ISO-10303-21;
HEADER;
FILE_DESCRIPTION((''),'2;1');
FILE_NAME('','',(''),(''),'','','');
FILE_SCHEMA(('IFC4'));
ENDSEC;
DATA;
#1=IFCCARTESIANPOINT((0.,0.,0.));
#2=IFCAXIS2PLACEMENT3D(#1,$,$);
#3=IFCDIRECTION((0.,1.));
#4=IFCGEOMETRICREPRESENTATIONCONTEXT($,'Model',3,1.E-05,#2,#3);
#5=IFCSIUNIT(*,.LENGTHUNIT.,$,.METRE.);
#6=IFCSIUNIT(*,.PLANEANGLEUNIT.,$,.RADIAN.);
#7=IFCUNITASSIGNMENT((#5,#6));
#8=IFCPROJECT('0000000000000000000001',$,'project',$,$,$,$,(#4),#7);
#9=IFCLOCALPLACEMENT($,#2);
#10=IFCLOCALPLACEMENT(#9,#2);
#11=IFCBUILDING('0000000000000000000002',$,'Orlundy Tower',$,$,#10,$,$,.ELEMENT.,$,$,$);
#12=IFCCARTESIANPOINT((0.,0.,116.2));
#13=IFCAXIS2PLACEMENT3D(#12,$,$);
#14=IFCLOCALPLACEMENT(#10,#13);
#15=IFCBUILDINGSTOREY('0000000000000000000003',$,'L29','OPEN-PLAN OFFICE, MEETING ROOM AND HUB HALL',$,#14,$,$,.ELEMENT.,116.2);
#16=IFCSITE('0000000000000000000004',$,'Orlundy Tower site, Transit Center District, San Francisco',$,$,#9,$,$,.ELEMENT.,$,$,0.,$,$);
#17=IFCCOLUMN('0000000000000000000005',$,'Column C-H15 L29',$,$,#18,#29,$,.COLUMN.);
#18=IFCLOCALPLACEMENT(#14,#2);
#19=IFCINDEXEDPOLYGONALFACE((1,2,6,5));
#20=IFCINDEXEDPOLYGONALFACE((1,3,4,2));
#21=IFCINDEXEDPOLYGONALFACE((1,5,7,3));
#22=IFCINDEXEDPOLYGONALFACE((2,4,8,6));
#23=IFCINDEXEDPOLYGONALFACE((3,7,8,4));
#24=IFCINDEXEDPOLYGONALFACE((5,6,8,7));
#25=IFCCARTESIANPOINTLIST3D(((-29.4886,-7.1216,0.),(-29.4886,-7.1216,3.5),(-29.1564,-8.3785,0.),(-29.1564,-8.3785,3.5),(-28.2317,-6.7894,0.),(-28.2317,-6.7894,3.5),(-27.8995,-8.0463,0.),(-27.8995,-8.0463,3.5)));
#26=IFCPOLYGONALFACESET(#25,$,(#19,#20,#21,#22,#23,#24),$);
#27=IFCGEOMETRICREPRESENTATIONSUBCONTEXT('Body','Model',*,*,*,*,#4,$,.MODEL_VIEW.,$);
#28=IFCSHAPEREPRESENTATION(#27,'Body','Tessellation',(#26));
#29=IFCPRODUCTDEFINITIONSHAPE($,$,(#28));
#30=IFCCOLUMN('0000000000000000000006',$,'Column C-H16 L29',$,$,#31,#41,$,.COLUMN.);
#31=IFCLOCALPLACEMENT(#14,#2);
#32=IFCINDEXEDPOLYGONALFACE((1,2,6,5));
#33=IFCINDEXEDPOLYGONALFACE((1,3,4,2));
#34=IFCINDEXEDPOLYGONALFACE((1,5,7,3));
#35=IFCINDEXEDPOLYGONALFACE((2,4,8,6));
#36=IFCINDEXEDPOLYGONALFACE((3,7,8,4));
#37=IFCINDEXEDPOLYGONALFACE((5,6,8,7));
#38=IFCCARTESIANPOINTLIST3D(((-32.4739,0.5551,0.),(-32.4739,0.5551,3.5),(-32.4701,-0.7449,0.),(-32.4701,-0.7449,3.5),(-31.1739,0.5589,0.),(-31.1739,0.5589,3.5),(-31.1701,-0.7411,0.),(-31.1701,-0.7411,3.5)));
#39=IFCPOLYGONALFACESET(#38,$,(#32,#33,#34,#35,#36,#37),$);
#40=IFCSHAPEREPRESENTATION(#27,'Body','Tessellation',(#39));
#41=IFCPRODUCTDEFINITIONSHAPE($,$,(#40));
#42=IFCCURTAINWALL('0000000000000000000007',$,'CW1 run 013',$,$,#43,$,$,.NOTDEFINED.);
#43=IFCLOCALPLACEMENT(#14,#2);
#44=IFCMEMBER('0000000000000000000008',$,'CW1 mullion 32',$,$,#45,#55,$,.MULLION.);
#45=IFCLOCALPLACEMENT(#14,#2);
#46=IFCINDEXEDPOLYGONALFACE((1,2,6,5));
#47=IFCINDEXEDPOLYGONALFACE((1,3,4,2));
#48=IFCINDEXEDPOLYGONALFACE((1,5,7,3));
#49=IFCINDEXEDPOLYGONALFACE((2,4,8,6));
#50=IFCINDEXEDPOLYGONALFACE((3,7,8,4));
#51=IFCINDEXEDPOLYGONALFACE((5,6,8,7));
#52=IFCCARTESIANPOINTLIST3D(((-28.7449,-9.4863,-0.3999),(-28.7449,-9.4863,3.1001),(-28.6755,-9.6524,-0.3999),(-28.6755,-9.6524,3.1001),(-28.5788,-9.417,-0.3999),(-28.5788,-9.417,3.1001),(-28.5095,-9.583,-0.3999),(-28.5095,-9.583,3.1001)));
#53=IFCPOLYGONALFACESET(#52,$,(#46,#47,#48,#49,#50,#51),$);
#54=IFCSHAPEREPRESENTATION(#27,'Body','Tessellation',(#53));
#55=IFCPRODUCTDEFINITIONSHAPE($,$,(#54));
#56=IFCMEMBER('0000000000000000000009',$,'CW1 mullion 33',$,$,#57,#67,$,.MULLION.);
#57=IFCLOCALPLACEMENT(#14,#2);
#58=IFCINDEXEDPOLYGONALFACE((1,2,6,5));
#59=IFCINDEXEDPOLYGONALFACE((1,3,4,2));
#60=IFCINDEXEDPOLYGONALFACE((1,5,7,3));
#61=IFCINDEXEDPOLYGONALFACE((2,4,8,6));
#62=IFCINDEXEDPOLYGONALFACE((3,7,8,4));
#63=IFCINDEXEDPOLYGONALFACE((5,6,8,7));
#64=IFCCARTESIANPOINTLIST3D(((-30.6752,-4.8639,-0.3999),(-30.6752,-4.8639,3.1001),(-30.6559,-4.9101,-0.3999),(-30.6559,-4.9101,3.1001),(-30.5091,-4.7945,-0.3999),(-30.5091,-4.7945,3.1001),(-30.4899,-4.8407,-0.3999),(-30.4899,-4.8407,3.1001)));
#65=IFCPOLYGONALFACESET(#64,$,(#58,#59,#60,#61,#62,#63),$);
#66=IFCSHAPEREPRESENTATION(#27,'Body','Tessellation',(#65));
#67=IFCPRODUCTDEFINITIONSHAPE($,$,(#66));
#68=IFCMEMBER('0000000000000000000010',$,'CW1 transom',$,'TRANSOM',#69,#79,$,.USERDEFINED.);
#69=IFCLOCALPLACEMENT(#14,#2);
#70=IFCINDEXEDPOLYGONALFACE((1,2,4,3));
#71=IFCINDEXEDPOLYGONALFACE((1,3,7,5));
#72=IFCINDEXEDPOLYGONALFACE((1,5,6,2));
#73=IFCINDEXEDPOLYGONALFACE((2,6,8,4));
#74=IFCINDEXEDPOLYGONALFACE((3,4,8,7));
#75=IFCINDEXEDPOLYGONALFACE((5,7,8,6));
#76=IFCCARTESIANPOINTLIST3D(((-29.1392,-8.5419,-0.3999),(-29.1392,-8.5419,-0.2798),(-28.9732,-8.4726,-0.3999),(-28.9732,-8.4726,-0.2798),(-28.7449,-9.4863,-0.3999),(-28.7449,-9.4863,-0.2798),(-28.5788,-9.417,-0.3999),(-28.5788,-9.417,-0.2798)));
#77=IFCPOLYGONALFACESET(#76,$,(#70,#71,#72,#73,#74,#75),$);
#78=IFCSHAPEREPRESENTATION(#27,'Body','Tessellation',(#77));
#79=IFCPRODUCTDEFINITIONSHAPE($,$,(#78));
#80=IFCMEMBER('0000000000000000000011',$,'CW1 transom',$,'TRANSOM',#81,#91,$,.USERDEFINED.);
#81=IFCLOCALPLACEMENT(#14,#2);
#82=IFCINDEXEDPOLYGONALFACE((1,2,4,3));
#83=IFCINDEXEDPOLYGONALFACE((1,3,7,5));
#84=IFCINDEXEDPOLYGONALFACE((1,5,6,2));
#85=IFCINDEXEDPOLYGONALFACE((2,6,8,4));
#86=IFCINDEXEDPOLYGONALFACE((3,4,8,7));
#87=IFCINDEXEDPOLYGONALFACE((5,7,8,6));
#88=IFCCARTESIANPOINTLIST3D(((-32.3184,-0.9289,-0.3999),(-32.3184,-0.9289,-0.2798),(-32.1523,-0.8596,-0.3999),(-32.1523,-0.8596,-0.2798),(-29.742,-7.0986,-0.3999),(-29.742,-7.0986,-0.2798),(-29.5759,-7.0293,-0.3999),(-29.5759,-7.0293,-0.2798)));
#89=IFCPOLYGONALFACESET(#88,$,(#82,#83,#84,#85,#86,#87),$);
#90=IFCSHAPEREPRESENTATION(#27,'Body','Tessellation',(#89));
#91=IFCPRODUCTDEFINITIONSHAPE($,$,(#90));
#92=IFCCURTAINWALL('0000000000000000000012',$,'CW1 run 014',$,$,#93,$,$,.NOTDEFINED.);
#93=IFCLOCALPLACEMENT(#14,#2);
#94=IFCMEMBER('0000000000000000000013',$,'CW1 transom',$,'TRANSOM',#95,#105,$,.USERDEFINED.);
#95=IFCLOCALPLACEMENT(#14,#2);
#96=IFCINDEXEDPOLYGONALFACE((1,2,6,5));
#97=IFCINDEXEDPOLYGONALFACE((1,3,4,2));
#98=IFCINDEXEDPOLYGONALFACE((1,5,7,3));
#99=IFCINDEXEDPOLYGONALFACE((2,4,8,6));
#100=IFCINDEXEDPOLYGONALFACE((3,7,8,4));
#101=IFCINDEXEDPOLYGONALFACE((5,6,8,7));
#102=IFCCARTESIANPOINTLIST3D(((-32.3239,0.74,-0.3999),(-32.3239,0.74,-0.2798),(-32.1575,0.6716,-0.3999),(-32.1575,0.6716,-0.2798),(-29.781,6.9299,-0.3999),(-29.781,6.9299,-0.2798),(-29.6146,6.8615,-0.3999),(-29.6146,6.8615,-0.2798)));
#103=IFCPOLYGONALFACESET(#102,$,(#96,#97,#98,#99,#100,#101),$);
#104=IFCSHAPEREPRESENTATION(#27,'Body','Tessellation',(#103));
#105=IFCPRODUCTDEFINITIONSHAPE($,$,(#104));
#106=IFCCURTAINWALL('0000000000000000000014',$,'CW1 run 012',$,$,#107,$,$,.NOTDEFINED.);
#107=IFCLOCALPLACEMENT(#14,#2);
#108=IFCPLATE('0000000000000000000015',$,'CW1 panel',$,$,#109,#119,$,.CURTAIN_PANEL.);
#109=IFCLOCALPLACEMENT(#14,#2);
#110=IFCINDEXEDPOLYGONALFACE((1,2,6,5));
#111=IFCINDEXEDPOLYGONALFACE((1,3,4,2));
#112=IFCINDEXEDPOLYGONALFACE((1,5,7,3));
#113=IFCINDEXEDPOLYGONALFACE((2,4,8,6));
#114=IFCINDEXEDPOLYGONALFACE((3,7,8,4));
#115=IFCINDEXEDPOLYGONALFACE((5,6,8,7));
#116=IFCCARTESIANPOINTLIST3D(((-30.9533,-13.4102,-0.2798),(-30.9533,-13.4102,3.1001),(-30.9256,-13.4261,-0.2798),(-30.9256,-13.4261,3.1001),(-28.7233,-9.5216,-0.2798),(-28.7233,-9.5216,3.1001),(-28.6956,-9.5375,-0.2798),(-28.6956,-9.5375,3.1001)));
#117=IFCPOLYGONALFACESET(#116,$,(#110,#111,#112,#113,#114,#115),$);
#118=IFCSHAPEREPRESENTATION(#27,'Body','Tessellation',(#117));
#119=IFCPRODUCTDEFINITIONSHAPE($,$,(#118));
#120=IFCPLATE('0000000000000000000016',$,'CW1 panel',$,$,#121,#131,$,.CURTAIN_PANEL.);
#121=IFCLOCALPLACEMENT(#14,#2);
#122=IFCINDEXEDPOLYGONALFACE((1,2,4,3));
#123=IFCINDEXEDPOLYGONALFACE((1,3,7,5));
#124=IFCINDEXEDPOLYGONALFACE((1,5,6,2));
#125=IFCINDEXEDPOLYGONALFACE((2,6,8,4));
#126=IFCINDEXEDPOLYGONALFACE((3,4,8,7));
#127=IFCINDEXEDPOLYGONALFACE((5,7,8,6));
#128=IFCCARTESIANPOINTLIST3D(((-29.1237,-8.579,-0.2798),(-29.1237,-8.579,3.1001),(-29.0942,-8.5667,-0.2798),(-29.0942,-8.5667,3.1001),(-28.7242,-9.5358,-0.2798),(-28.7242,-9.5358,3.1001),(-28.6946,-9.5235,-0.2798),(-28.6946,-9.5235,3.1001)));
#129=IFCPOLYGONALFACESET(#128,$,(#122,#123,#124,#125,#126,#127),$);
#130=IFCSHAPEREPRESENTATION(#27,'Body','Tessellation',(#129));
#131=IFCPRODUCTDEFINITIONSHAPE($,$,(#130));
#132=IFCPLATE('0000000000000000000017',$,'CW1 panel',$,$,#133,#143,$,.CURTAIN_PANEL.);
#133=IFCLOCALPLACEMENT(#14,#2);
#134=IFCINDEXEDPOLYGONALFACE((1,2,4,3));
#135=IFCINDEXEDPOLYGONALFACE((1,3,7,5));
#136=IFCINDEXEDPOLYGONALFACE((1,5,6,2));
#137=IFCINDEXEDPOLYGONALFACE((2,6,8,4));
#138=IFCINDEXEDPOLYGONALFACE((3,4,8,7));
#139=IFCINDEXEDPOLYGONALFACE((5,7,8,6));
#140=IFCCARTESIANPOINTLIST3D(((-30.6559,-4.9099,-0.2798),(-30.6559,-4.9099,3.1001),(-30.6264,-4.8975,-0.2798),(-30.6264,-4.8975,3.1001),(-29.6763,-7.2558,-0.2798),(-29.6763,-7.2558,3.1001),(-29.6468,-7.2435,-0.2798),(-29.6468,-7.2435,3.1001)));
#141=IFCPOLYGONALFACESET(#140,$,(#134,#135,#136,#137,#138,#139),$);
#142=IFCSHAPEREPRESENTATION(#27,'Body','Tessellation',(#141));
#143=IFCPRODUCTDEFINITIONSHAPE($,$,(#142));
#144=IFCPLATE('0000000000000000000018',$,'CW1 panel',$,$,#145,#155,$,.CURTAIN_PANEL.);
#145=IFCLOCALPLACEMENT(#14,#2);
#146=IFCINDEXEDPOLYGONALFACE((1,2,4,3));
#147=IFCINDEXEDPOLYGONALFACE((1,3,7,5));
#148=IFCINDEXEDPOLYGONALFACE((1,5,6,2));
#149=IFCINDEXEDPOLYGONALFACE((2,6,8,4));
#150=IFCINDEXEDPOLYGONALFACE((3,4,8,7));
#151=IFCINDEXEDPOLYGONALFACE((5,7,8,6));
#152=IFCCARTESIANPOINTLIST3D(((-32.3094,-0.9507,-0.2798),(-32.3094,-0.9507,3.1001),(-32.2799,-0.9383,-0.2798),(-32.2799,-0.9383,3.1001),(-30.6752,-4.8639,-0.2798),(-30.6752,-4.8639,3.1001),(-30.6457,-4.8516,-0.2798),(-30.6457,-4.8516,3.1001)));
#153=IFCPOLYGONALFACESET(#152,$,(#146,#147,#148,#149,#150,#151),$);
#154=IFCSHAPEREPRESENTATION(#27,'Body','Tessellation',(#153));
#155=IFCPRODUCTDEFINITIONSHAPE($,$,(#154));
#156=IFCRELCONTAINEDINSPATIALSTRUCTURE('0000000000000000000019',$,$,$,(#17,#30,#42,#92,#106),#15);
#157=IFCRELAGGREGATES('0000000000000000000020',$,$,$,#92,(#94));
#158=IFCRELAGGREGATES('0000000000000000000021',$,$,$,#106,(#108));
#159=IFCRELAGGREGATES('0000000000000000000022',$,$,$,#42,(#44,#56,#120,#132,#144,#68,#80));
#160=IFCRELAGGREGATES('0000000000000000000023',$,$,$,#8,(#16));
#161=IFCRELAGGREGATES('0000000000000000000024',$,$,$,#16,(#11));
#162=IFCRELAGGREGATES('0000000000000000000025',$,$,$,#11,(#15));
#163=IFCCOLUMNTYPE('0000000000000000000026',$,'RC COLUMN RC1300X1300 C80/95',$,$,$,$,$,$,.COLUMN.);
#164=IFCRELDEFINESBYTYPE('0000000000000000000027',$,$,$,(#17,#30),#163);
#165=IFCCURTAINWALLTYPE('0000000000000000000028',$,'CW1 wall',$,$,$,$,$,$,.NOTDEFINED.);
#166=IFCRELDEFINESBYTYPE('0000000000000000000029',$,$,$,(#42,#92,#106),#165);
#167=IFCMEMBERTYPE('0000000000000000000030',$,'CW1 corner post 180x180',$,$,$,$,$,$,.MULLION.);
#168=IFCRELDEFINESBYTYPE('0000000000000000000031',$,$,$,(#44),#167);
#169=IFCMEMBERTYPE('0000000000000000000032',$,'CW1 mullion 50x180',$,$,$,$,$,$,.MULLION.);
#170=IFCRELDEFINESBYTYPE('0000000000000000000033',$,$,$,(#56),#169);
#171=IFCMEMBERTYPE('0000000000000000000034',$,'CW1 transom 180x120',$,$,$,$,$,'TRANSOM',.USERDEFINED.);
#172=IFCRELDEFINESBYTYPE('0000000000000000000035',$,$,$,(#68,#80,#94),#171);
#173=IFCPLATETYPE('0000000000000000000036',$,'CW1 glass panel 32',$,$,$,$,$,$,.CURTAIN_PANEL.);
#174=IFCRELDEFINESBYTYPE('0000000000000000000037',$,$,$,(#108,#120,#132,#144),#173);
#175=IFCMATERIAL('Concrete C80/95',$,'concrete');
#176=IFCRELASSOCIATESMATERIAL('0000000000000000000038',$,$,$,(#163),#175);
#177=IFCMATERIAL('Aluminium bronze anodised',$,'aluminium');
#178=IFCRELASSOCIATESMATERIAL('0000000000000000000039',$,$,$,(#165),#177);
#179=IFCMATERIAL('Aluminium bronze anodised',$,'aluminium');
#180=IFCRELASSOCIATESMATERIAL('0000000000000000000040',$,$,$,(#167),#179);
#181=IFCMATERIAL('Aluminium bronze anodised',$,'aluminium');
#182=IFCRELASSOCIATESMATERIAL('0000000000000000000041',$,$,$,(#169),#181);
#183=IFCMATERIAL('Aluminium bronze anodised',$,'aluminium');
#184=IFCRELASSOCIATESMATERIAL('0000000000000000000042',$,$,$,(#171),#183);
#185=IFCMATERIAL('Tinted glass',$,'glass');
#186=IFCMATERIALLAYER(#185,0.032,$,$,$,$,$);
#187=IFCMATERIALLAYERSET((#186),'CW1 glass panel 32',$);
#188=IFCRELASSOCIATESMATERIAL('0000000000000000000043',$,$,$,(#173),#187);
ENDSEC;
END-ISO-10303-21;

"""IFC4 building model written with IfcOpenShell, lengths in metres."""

from ifc_helpers import new_model, si_unit, direction, frame, origin, origin_2d, place, context, subcontext, project, spatial, rectangle, extrude, material, layer, layer_set, material_profile, profile_set, type_object, element, aggregate, save


model = new_model("IFC4")

# Units and contexts
model_context = context("Model", 3, precision=1e-05, world=origin(), true_north=direction((0.0, 1.0)))
body_context = subcontext(model_context, "Body", "Model", "MODEL_VIEW")
ifc_project = project(units=[si_unit("LENGTHUNIT", "METRE"), si_unit("PLANEANGLEUNIT", "RADIAN")], contexts=[model_context])

# Site, building, storey
site_placement = place(None, origin())
site = spatial("IfcSite", under=ifc_project, at=site_placement, Name="Orlundy Tower site, Transit Center District, San Francisco", CompositionType="ELEMENT", RefElevation=0.0)
building_placement = place(site_placement, origin())
building = spatial("IfcBuilding", under=site, at=building_placement, Name="Orlundy Tower", CompositionType="ELEMENT")
storey_placement = place(building_placement, frame((0.0, 0.0, 116.2)))
storey = spatial("IfcBuildingStorey", under=building, at=storey_placement, Name="L29", Description="OPEN-PLAN OFFICE, MEETING ROOM AND HUB HALL", CompositionType="ELEMENT", Elevation=116.2)

# Columns
ifc_material_1 = material(Name="Concrete C80/95", Category="concrete")
ifc_material_profile_1 = material_profile(ifc_material_1, rectangle(XDim=1.3, YDim=1.3, at=origin_2d()), Name="RC1300X1300")
ifc_profile_set_1 = profile_set([ifc_material_profile_1], Name="Concrete C80/95")
column_type = type_object("IfcColumnType", Name="RC COLUMN RC1300X1300 C80/95", PredefinedType="COLUMN", material=ifc_profile_set_1)
for number, where, z_axis, x_axis, name in (
    (1, (-28.6941, -7.584, 0.0), (0.0, 0.0, 1.0), (-0.966801, -0.25553, 0.0), "Column C-H15 L29"),
    (2, (-31.822, -0.093, 0.0), (0.0, 0.0, 1.0), (-0.999996, -0.002915, 0.0), "Column C-H16 L29"),
):
    element("IfcColumn", number, at=place(storey_placement, frame(where, z_axis=z_axis, x_axis=x_axis)), inside=storey, type_object=column_type, Name=name, PredefinedType="COLUMN", context=body_context, shape_type="SweptSolid", body=[
        extrude(rectangle(XDim=1.3, YDim=1.3, at=origin_2d()), origin(), (0.0, 0.0, 1.0), 3.5),
    ])

# Curtain wall, members
ifc_material_2 = material(Name="Aluminium bronze anodised", Category="aluminium")
curtain_wall_type = type_object("IfcCurtainWallType", Name="CW1 wall", PredefinedType="NOTDEFINED", material=ifc_material_2)
curtain_wall_1_placement = place(storey_placement, origin())
curtain_wall_1 = element("IfcCurtainWall", 3, at=curtain_wall_1_placement, inside=storey, type_object=curtain_wall_type, Name="CW1 run 013", PredefinedType="NOTDEFINED")
ifc_material_3 = material(Name="Aluminium bronze anodised", Category="aluminium")
ifc_material_profile_2 = material_profile(ifc_material_3, rectangle(XDim=0.1799, YDim=0.1799, at=origin_2d()), Name="CW1 corner post 180x180")
ifc_profile_set_2 = profile_set([ifc_material_profile_2], Name="Aluminium bronze anodised")
member_type_1 = type_object("IfcMemberType", Name="CW1 corner post 180x180", PredefinedType="MULLION", material=ifc_profile_set_2)
member_1_placement = place(storey_placement, frame((-28.6272, -9.5347, -0.3999), z_axis=(0.0, 0.0, 1.0), x_axis=(-0.922773, -0.385344, 0.0)))
member_1 = element("IfcMember", 4, at=member_1_placement, type_object=member_type_1, Name="CW1 mullion 32", PredefinedType="MULLION", context=body_context, shape_type="SweptSolid", body=[
    extrude(rectangle(XDim=0.1799, YDim=0.1799, at=origin_2d()), origin(), (0.0, 0.0, 1.0), 3.5),
])
ifc_material_4 = material(Name="Aluminium bronze anodised", Category="aluminium")
ifc_material_profile_3 = material_profile(ifc_material_4, rectangle(XDim=0.1799, YDim=0.05, at=origin_2d()), Name="CW1 mullion 50x180")
ifc_profile_set_3 = profile_set([ifc_material_profile_3], Name="Aluminium bronze anodised")
member_type_2 = type_object("IfcMemberType", Name="CW1 mullion 50x180", PredefinedType="MULLION", material=ifc_profile_set_3)
member_2_placement = place(storey_placement, frame((-30.5825, -4.8523, -0.3999), z_axis=(0.0, 0.0, 1.0), x_axis=(-0.922773, -0.385344, 0.0)))
member_2 = element("IfcMember", 5, at=member_2_placement, type_object=member_type_2, Name="CW1 mullion 33", PredefinedType="MULLION", context=body_context, shape_type="SweptSolid", body=[
    extrude(rectangle(XDim=0.1799, YDim=0.05, at=origin_2d()), origin(), (0.0, 0.0, 1.0), 3.5),
])
ifc_material_5 = material(Name="Aluminium bronze anodised", Category="aluminium")
ifc_material_profile_4 = material_profile(ifc_material_5, rectangle(XDim=0.1799, YDim=0.1201, at=origin_2d()), Name="CW1 transom 180x120")
ifc_profile_set_4 = profile_set([ifc_material_profile_4], Name="Aluminium bronze anodised")
member_type_3 = type_object("IfcMemberType", Name="CW1 transom 180x120", ElementType="TRANSOM", PredefinedType="USERDEFINED", material=ifc_profile_set_4)
member_3_placement = place(storey_placement, frame((-28.6619, -9.4517, -0.3398), z_axis=(-0.385293, 0.922794, 0.0), x_axis=(-0.922794, -0.385293, 0.0)))
member_3 = element("IfcMember", 6, at=member_3_placement, type_object=member_type_3, Name="CW1 transom", ObjectType="TRANSOM", PredefinedType="USERDEFINED", context=body_context, shape_type="SweptSolid", body=[
    extrude(rectangle(XDim=0.1799, YDim=0.1201, at=origin_2d()), origin(), (0.0, 0.0, 1.0), 1.0234),
])
member_4_placement = place(storey_placement, frame((-29.6589, -7.064, -0.3398), z_axis=(-0.385344, 0.922773, 0.0), x_axis=(-0.922773, -0.385344, 0.0)))
member_4 = element("IfcMember", 7, at=member_4_placement, type_object=member_type_3, Name="CW1 transom", ObjectType="TRANSOM", PredefinedType="USERDEFINED", context=body_context, shape_type="SweptSolid", body=[
    extrude(rectangle(XDim=0.1799, YDim=0.1201, at=origin_2d()), origin(), (0.0, 0.0, 1.0), 6.686),
])

# Curtain wall, member
curtain_wall_2_placement = place(storey_placement, origin())
curtain_wall_2 = element("IfcCurtainWall", 8, at=curtain_wall_2_placement, inside=storey, type_object=curtain_wall_type, Name="CW1 run 014", PredefinedType="NOTDEFINED")
member_5_placement = place(storey_placement, frame((-32.2407, 0.7058, -0.3398), z_axis=(0.380005, 0.924985, 0.0), x_axis=(-0.924985, 0.380005, 0.0)))
member_5 = element("IfcMember", 9, at=member_5_placement, type_object=member_type_3, Name="CW1 transom", ObjectType="TRANSOM", PredefinedType="USERDEFINED", context=body_context, shape_type="SweptSolid", body=[
    extrude(rectangle(XDim=0.1799, YDim=0.1201, at=origin_2d()), origin(), (0.0, 0.0, 1.0), 6.6919),
])
aggregate(curtain_wall_2, [member_5])

# Curtain wall, plate
curtain_wall_3_placement = place(storey_placement, origin())
curtain_wall_3 = element("IfcCurtainWall", 10, at=curtain_wall_3_placement, inside=storey, type_object=curtain_wall_type, Name="CW1 run 012", PredefinedType="NOTDEFINED")
ifc_material_6 = material(Name="Tinted glass", Category="glass")
ifc_layer_1 = layer(ifc_material_6, 0.032)
ifc_layer_set_1 = layer_set([ifc_layer_1], Name="CW1 glass panel 32")
plate_type = type_object("IfcPlateType", Name="CW1 glass panel 32", PredefinedType="CURTAIN_PANEL", material=ifc_layer_set_1)
plate_1_placement = place(storey_placement, frame((-29.8245, -11.4739, -0.2798), z_axis=(0.0, 0.0, 1.0), x_axis=(0.497468, 0.867482, 0.0)))
plate_1 = element("IfcPlate", 11, at=plate_1_placement, type_object=plate_type, Name="CW1 panel", PredefinedType="CURTAIN_PANEL", context=body_context, shape_type="SweptSolid", body=[
    extrude(rectangle(XDim=4.4827, YDim=0.032, at=origin_2d()), origin(), (0.0, 0.0, 1.0), 3.3799),
])
aggregate(curtain_wall_3, [plate_1])

# Plates
plate_2_placement = place(storey_placement, frame((-28.9092, -9.0513, -0.2798), z_axis=(0.0, 0.0, 1.0), x_axis=(-0.385344, 0.922773, 0.0)))
plate_2 = element("IfcPlate", 12, at=plate_2_placement, type_object=plate_type, Name="CW1 panel", PredefinedType="CURTAIN_PANEL", context=body_context, shape_type="SweptSolid", body=[
    extrude(rectangle(XDim=1.0369, YDim=0.032, at=origin_2d()), origin(), (0.0, 0.0, 1.0), 3.3799),
])
plate_3_placement = place(storey_placement, frame((-30.1514, -6.0767, -0.2798), z_axis=(0.0, 0.0, 1.0), x_axis=(-0.385344, 0.922773, 0.0)))
plate_3 = element("IfcPlate", 13, at=plate_3_placement, type_object=plate_type, Name="CW1 panel", PredefinedType="CURTAIN_PANEL", context=body_context, shape_type="SweptSolid", body=[
    extrude(rectangle(XDim=2.5422, YDim=0.032, at=origin_2d()), origin(), (0.0, 0.0, 1.0), 3.3799),
])
plate_4_placement = place(storey_placement, frame((-31.4775, -2.9011, -0.2798), z_axis=(0.0, 0.0, 1.0), x_axis=(-0.385344, 0.922773, 0.0)))
plate_4 = element("IfcPlate", 14, at=plate_4_placement, type_object=plate_type, Name="CW1 panel", PredefinedType="CURTAIN_PANEL", context=body_context, shape_type="SweptSolid", body=[
    extrude(rectangle(XDim=4.2407, YDim=0.032, at=origin_2d()), origin(), (0.0, 0.0, 1.0), 3.3799),
])
aggregate(curtain_wall_1, [member_1, member_2, plate_2, plate_3, plate_4, member_3, member_4])

save(model, "model.ifc")
